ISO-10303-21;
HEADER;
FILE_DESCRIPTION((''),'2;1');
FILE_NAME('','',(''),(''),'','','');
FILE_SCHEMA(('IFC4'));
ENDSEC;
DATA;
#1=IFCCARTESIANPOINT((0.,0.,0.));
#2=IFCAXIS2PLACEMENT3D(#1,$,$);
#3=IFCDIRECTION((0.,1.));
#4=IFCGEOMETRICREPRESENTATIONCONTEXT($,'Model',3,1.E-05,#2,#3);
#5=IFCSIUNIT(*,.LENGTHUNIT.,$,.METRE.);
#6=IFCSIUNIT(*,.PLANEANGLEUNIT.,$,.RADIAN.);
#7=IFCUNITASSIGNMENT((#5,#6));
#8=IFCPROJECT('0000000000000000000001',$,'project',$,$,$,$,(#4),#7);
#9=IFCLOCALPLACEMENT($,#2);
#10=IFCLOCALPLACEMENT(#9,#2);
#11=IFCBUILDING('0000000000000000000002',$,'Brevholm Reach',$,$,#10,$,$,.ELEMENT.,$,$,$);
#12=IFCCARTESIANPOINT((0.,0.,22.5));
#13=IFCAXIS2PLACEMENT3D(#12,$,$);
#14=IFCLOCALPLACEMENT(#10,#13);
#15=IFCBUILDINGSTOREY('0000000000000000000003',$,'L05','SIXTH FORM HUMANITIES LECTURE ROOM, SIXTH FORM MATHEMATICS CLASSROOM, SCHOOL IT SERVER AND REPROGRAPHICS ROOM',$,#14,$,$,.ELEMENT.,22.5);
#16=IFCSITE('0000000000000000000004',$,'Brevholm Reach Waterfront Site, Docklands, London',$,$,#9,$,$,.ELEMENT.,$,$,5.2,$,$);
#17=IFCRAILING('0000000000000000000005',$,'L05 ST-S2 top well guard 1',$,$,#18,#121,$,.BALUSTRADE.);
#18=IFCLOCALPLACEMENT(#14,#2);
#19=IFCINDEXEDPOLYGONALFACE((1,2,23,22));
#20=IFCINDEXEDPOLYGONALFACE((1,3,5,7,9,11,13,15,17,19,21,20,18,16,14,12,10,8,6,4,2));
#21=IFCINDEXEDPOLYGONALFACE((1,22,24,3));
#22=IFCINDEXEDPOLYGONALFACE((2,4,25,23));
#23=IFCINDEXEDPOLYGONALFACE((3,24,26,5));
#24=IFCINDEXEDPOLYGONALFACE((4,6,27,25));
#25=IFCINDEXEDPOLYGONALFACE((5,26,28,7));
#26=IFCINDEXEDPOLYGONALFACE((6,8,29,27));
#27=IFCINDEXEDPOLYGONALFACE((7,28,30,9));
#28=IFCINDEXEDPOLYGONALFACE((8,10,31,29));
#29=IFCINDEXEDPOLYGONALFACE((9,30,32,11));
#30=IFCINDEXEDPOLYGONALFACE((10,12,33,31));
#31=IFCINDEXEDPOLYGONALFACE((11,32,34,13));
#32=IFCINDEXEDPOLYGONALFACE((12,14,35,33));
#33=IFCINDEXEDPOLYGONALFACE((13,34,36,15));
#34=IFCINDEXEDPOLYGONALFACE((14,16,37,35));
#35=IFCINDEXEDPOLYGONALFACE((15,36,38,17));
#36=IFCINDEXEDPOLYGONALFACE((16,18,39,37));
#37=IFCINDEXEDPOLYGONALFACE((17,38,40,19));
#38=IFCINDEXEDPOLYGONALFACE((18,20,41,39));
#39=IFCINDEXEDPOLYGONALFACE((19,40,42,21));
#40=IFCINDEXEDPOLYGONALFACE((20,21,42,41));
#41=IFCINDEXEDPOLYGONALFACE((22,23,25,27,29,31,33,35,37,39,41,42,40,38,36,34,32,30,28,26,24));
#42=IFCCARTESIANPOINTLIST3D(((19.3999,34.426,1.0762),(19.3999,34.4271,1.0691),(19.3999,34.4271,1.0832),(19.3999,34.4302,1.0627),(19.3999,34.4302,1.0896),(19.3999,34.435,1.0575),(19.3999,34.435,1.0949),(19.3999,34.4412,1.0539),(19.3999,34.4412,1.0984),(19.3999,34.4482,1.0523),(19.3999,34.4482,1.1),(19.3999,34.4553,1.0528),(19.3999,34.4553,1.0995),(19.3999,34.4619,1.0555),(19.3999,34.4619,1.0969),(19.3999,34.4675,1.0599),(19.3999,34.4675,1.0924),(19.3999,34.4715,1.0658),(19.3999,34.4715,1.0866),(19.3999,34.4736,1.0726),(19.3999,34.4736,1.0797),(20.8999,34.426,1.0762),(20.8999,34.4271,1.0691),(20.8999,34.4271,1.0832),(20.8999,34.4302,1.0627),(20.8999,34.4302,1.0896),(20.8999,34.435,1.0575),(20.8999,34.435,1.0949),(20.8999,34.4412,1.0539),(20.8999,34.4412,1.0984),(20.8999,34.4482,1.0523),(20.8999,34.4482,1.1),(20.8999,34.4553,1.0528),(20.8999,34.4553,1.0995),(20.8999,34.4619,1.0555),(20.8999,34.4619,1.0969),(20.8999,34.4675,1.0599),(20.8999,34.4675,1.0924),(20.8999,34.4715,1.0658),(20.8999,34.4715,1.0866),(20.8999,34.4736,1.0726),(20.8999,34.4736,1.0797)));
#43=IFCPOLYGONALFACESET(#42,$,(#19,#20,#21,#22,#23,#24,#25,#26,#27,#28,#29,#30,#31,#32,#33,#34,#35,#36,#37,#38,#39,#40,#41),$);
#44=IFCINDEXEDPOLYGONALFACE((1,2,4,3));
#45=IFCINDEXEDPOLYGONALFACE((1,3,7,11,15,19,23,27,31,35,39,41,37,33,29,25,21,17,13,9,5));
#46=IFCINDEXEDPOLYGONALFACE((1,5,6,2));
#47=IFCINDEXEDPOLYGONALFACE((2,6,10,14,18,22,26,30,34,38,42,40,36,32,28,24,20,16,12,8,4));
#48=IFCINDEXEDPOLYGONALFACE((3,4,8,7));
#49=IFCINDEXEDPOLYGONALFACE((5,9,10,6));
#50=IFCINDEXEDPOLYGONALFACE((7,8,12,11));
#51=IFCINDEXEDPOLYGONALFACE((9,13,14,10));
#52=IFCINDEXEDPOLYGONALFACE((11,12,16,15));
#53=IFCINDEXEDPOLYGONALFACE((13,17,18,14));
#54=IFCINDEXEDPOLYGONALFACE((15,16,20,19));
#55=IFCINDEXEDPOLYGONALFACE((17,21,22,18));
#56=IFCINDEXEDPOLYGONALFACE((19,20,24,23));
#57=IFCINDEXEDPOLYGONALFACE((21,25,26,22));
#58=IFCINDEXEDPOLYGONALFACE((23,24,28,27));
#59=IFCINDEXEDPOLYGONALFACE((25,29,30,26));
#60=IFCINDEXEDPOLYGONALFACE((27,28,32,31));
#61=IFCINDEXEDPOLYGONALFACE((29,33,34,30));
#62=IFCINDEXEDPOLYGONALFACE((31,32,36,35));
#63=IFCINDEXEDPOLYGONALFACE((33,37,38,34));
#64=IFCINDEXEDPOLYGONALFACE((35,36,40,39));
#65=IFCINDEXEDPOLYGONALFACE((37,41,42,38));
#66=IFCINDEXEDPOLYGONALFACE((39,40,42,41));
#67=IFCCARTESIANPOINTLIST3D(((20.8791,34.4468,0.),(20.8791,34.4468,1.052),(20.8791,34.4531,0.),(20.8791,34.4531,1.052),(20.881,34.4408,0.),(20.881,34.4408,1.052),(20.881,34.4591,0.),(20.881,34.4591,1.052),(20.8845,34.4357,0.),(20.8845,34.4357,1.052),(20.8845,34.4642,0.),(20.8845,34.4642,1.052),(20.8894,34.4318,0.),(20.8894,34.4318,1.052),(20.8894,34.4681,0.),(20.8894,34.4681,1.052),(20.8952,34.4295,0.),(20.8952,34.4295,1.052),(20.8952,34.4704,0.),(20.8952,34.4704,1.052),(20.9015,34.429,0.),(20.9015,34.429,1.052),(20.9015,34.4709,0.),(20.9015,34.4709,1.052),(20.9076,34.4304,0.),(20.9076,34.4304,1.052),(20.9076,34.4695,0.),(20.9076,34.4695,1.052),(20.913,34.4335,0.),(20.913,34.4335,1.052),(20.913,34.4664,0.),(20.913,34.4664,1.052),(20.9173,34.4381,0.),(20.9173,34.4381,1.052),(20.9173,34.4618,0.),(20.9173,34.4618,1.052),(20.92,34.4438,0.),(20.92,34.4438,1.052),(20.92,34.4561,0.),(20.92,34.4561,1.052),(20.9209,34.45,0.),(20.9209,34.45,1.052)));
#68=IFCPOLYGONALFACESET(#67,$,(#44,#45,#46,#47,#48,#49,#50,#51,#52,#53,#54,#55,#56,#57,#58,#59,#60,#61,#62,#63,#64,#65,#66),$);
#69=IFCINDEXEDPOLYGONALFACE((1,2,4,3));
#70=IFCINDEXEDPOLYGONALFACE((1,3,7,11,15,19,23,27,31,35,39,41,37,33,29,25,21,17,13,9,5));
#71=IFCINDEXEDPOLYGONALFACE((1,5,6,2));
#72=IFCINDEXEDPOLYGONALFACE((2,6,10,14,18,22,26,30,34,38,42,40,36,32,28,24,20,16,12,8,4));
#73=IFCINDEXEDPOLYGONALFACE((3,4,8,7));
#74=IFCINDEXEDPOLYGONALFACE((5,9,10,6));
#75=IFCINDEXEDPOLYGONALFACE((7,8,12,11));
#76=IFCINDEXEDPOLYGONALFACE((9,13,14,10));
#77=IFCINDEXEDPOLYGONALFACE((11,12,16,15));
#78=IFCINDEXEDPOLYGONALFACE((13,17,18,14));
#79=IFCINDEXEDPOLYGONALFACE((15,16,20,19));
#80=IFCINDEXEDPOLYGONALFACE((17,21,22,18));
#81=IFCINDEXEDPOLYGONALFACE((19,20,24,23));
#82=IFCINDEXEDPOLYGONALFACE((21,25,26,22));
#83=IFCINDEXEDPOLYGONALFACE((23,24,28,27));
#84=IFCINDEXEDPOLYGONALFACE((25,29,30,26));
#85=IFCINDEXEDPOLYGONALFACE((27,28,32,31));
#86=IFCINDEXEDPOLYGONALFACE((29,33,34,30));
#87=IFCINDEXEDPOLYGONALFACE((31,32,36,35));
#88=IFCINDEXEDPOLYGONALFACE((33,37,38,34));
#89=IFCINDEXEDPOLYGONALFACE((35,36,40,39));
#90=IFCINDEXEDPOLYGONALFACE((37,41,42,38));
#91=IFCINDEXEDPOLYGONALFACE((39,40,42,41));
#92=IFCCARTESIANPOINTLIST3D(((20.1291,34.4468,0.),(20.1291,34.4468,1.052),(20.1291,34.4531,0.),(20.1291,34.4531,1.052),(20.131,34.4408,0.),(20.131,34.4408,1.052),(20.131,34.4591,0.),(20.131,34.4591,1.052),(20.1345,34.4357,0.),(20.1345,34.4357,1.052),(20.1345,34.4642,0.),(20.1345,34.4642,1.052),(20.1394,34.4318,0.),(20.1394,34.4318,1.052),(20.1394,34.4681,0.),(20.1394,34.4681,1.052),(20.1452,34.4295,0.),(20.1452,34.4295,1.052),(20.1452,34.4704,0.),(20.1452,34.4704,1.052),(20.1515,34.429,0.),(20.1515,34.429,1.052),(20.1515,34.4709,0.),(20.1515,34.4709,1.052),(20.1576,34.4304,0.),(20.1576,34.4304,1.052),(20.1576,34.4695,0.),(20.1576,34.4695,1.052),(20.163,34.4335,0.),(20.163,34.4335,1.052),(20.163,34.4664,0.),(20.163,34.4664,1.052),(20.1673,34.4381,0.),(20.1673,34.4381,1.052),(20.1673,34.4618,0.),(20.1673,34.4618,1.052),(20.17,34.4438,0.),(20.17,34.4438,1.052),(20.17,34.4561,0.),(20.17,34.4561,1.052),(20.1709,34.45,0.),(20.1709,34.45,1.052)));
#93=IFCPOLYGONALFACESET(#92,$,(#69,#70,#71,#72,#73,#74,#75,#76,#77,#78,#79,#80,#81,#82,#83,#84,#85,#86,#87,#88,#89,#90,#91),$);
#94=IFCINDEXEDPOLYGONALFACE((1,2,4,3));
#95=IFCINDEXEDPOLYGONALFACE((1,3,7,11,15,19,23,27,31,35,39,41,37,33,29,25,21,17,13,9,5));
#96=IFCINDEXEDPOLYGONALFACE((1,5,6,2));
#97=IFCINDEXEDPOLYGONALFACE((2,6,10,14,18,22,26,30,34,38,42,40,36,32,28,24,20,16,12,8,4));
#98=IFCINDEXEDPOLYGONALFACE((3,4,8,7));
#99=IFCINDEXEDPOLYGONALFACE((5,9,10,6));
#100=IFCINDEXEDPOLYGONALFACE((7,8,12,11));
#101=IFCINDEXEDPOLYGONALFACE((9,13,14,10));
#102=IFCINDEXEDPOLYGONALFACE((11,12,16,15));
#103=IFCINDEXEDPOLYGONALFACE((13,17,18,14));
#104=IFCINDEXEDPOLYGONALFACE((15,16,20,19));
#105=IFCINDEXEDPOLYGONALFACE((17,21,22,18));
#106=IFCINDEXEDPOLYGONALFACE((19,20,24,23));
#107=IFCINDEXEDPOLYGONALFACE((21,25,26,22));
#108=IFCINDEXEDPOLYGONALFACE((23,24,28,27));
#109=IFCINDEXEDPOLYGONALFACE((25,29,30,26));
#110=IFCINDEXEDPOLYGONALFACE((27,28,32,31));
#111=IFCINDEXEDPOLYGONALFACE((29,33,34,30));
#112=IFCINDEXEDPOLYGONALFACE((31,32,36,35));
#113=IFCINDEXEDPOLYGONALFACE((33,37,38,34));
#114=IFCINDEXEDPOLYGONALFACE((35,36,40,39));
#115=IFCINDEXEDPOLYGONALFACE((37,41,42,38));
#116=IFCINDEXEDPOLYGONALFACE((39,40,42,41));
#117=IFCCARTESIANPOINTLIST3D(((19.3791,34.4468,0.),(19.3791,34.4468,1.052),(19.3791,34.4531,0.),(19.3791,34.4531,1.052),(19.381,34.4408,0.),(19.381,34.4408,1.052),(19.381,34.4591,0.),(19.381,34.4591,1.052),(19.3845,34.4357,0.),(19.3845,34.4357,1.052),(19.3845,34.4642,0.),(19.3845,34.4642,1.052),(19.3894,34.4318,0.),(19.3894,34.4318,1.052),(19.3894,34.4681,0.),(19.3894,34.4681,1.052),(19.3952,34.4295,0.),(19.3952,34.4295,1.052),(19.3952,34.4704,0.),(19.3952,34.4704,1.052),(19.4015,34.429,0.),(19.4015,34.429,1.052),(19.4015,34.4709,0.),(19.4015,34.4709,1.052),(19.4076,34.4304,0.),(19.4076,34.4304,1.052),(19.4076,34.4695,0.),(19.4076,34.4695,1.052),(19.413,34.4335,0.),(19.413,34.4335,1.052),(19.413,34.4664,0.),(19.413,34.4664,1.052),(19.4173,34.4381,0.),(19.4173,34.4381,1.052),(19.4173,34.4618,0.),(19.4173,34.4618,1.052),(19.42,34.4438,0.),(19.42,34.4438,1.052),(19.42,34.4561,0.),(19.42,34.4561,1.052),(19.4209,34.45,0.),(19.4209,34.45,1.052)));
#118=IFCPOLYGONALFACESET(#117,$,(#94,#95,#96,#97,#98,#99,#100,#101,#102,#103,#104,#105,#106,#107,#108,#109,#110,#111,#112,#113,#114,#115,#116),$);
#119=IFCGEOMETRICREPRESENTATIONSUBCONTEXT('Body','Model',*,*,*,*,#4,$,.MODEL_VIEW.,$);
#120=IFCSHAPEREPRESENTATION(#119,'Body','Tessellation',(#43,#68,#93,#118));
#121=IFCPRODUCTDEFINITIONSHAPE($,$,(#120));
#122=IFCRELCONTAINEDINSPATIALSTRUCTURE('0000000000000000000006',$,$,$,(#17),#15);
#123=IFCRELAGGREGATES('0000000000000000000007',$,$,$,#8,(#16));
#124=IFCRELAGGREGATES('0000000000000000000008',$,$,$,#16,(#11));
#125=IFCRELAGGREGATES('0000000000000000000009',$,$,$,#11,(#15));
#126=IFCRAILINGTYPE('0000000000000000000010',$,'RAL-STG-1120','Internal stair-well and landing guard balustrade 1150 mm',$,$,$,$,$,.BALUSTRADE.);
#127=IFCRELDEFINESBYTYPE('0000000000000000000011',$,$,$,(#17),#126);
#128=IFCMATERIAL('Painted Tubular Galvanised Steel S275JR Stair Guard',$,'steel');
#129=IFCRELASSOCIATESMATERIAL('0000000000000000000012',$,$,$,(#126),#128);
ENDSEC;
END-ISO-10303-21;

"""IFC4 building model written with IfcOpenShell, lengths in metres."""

from ifc_helpers import new_model, si_unit, direction, frame, origin, origin_2d, place, context, subcontext, project, spatial, circle, extrude, material, type_object, element, save


model = new_model("IFC4")

# Units and contexts
model_context = context("Model", 3, precision=1e-05, world=origin(), true_north=direction((0.0, 1.0)))
body_context = subcontext(model_context, "Body", "Model", "MODEL_VIEW")
ifc_project = project(units=[si_unit("LENGTHUNIT", "METRE"), si_unit("PLANEANGLEUNIT", "RADIAN")], contexts=[model_context])

# Site, building, storey
site_placement = place(None, origin())
site = spatial("IfcSite", under=ifc_project, at=site_placement, Name="Brevholm Reach Waterfront Site, Docklands, London", CompositionType="ELEMENT", RefElevation=5.2)
building_placement = place(site_placement, origin())
building = spatial("IfcBuilding", under=site, at=building_placement, Name="Brevholm Reach", CompositionType="ELEMENT")
storey_placement = place(building_placement, frame((0.0, 0.0, 22.5)))
storey = spatial("IfcBuildingStorey", under=building, at=storey_placement, Name="L05", Description="SIXTH FORM HUMANITIES LECTURE ROOM, SIXTH FORM MATHEMATICS CLASSROOM, SCHOOL IT SERVER AND REPROGRAPHICS ROOM", CompositionType="ELEMENT", Elevation=22.5)

# Railing
ifc_material_1 = material(Name="Painted Tubular Galvanised Steel S275JR Stair Guard", Category="steel")
railing_type = type_object("IfcRailingType", Name="RAL-STG-1120", Description="Internal stair-well and landing guard balustrade 1150 mm", PredefinedType="BALUSTRADE", material=ifc_material_1)
railing_placement = place(storey_placement, frame((20.8999, 34.45, 0.0)))
element("IfcRailing", 1, at=railing_placement, inside=storey, type_object=railing_type, Name="L05 ST-S2 top well guard 1", PredefinedType="BALUSTRADE", context=body_context, shape_type="SweptSolid", body=[
    extrude(circle(Radius=0.0239, at=origin_2d()), frame((0.0, 0.0, 1.0762), z_axis=(-1.0, 0.0, 0.0), x_axis=(0.0, -1.0, 0.0)), (0.0, 0.0, 1.0), 1.5),
    extrude(circle(Radius=0.021, at=origin_2d()), origin(), (0.0, 0.0, 1.0), 1.052),
    extrude(circle(Radius=0.021, at=origin_2d()), frame((-0.75, 0.0, 0.0)), (0.0, 0.0, 1.0), 1.052),
    extrude(circle(Radius=0.021, at=origin_2d()), frame((-1.5, 0.0, 0.0)), (0.0, 0.0, 1.0), 1.052),
])

save(model, "model.ifc")
